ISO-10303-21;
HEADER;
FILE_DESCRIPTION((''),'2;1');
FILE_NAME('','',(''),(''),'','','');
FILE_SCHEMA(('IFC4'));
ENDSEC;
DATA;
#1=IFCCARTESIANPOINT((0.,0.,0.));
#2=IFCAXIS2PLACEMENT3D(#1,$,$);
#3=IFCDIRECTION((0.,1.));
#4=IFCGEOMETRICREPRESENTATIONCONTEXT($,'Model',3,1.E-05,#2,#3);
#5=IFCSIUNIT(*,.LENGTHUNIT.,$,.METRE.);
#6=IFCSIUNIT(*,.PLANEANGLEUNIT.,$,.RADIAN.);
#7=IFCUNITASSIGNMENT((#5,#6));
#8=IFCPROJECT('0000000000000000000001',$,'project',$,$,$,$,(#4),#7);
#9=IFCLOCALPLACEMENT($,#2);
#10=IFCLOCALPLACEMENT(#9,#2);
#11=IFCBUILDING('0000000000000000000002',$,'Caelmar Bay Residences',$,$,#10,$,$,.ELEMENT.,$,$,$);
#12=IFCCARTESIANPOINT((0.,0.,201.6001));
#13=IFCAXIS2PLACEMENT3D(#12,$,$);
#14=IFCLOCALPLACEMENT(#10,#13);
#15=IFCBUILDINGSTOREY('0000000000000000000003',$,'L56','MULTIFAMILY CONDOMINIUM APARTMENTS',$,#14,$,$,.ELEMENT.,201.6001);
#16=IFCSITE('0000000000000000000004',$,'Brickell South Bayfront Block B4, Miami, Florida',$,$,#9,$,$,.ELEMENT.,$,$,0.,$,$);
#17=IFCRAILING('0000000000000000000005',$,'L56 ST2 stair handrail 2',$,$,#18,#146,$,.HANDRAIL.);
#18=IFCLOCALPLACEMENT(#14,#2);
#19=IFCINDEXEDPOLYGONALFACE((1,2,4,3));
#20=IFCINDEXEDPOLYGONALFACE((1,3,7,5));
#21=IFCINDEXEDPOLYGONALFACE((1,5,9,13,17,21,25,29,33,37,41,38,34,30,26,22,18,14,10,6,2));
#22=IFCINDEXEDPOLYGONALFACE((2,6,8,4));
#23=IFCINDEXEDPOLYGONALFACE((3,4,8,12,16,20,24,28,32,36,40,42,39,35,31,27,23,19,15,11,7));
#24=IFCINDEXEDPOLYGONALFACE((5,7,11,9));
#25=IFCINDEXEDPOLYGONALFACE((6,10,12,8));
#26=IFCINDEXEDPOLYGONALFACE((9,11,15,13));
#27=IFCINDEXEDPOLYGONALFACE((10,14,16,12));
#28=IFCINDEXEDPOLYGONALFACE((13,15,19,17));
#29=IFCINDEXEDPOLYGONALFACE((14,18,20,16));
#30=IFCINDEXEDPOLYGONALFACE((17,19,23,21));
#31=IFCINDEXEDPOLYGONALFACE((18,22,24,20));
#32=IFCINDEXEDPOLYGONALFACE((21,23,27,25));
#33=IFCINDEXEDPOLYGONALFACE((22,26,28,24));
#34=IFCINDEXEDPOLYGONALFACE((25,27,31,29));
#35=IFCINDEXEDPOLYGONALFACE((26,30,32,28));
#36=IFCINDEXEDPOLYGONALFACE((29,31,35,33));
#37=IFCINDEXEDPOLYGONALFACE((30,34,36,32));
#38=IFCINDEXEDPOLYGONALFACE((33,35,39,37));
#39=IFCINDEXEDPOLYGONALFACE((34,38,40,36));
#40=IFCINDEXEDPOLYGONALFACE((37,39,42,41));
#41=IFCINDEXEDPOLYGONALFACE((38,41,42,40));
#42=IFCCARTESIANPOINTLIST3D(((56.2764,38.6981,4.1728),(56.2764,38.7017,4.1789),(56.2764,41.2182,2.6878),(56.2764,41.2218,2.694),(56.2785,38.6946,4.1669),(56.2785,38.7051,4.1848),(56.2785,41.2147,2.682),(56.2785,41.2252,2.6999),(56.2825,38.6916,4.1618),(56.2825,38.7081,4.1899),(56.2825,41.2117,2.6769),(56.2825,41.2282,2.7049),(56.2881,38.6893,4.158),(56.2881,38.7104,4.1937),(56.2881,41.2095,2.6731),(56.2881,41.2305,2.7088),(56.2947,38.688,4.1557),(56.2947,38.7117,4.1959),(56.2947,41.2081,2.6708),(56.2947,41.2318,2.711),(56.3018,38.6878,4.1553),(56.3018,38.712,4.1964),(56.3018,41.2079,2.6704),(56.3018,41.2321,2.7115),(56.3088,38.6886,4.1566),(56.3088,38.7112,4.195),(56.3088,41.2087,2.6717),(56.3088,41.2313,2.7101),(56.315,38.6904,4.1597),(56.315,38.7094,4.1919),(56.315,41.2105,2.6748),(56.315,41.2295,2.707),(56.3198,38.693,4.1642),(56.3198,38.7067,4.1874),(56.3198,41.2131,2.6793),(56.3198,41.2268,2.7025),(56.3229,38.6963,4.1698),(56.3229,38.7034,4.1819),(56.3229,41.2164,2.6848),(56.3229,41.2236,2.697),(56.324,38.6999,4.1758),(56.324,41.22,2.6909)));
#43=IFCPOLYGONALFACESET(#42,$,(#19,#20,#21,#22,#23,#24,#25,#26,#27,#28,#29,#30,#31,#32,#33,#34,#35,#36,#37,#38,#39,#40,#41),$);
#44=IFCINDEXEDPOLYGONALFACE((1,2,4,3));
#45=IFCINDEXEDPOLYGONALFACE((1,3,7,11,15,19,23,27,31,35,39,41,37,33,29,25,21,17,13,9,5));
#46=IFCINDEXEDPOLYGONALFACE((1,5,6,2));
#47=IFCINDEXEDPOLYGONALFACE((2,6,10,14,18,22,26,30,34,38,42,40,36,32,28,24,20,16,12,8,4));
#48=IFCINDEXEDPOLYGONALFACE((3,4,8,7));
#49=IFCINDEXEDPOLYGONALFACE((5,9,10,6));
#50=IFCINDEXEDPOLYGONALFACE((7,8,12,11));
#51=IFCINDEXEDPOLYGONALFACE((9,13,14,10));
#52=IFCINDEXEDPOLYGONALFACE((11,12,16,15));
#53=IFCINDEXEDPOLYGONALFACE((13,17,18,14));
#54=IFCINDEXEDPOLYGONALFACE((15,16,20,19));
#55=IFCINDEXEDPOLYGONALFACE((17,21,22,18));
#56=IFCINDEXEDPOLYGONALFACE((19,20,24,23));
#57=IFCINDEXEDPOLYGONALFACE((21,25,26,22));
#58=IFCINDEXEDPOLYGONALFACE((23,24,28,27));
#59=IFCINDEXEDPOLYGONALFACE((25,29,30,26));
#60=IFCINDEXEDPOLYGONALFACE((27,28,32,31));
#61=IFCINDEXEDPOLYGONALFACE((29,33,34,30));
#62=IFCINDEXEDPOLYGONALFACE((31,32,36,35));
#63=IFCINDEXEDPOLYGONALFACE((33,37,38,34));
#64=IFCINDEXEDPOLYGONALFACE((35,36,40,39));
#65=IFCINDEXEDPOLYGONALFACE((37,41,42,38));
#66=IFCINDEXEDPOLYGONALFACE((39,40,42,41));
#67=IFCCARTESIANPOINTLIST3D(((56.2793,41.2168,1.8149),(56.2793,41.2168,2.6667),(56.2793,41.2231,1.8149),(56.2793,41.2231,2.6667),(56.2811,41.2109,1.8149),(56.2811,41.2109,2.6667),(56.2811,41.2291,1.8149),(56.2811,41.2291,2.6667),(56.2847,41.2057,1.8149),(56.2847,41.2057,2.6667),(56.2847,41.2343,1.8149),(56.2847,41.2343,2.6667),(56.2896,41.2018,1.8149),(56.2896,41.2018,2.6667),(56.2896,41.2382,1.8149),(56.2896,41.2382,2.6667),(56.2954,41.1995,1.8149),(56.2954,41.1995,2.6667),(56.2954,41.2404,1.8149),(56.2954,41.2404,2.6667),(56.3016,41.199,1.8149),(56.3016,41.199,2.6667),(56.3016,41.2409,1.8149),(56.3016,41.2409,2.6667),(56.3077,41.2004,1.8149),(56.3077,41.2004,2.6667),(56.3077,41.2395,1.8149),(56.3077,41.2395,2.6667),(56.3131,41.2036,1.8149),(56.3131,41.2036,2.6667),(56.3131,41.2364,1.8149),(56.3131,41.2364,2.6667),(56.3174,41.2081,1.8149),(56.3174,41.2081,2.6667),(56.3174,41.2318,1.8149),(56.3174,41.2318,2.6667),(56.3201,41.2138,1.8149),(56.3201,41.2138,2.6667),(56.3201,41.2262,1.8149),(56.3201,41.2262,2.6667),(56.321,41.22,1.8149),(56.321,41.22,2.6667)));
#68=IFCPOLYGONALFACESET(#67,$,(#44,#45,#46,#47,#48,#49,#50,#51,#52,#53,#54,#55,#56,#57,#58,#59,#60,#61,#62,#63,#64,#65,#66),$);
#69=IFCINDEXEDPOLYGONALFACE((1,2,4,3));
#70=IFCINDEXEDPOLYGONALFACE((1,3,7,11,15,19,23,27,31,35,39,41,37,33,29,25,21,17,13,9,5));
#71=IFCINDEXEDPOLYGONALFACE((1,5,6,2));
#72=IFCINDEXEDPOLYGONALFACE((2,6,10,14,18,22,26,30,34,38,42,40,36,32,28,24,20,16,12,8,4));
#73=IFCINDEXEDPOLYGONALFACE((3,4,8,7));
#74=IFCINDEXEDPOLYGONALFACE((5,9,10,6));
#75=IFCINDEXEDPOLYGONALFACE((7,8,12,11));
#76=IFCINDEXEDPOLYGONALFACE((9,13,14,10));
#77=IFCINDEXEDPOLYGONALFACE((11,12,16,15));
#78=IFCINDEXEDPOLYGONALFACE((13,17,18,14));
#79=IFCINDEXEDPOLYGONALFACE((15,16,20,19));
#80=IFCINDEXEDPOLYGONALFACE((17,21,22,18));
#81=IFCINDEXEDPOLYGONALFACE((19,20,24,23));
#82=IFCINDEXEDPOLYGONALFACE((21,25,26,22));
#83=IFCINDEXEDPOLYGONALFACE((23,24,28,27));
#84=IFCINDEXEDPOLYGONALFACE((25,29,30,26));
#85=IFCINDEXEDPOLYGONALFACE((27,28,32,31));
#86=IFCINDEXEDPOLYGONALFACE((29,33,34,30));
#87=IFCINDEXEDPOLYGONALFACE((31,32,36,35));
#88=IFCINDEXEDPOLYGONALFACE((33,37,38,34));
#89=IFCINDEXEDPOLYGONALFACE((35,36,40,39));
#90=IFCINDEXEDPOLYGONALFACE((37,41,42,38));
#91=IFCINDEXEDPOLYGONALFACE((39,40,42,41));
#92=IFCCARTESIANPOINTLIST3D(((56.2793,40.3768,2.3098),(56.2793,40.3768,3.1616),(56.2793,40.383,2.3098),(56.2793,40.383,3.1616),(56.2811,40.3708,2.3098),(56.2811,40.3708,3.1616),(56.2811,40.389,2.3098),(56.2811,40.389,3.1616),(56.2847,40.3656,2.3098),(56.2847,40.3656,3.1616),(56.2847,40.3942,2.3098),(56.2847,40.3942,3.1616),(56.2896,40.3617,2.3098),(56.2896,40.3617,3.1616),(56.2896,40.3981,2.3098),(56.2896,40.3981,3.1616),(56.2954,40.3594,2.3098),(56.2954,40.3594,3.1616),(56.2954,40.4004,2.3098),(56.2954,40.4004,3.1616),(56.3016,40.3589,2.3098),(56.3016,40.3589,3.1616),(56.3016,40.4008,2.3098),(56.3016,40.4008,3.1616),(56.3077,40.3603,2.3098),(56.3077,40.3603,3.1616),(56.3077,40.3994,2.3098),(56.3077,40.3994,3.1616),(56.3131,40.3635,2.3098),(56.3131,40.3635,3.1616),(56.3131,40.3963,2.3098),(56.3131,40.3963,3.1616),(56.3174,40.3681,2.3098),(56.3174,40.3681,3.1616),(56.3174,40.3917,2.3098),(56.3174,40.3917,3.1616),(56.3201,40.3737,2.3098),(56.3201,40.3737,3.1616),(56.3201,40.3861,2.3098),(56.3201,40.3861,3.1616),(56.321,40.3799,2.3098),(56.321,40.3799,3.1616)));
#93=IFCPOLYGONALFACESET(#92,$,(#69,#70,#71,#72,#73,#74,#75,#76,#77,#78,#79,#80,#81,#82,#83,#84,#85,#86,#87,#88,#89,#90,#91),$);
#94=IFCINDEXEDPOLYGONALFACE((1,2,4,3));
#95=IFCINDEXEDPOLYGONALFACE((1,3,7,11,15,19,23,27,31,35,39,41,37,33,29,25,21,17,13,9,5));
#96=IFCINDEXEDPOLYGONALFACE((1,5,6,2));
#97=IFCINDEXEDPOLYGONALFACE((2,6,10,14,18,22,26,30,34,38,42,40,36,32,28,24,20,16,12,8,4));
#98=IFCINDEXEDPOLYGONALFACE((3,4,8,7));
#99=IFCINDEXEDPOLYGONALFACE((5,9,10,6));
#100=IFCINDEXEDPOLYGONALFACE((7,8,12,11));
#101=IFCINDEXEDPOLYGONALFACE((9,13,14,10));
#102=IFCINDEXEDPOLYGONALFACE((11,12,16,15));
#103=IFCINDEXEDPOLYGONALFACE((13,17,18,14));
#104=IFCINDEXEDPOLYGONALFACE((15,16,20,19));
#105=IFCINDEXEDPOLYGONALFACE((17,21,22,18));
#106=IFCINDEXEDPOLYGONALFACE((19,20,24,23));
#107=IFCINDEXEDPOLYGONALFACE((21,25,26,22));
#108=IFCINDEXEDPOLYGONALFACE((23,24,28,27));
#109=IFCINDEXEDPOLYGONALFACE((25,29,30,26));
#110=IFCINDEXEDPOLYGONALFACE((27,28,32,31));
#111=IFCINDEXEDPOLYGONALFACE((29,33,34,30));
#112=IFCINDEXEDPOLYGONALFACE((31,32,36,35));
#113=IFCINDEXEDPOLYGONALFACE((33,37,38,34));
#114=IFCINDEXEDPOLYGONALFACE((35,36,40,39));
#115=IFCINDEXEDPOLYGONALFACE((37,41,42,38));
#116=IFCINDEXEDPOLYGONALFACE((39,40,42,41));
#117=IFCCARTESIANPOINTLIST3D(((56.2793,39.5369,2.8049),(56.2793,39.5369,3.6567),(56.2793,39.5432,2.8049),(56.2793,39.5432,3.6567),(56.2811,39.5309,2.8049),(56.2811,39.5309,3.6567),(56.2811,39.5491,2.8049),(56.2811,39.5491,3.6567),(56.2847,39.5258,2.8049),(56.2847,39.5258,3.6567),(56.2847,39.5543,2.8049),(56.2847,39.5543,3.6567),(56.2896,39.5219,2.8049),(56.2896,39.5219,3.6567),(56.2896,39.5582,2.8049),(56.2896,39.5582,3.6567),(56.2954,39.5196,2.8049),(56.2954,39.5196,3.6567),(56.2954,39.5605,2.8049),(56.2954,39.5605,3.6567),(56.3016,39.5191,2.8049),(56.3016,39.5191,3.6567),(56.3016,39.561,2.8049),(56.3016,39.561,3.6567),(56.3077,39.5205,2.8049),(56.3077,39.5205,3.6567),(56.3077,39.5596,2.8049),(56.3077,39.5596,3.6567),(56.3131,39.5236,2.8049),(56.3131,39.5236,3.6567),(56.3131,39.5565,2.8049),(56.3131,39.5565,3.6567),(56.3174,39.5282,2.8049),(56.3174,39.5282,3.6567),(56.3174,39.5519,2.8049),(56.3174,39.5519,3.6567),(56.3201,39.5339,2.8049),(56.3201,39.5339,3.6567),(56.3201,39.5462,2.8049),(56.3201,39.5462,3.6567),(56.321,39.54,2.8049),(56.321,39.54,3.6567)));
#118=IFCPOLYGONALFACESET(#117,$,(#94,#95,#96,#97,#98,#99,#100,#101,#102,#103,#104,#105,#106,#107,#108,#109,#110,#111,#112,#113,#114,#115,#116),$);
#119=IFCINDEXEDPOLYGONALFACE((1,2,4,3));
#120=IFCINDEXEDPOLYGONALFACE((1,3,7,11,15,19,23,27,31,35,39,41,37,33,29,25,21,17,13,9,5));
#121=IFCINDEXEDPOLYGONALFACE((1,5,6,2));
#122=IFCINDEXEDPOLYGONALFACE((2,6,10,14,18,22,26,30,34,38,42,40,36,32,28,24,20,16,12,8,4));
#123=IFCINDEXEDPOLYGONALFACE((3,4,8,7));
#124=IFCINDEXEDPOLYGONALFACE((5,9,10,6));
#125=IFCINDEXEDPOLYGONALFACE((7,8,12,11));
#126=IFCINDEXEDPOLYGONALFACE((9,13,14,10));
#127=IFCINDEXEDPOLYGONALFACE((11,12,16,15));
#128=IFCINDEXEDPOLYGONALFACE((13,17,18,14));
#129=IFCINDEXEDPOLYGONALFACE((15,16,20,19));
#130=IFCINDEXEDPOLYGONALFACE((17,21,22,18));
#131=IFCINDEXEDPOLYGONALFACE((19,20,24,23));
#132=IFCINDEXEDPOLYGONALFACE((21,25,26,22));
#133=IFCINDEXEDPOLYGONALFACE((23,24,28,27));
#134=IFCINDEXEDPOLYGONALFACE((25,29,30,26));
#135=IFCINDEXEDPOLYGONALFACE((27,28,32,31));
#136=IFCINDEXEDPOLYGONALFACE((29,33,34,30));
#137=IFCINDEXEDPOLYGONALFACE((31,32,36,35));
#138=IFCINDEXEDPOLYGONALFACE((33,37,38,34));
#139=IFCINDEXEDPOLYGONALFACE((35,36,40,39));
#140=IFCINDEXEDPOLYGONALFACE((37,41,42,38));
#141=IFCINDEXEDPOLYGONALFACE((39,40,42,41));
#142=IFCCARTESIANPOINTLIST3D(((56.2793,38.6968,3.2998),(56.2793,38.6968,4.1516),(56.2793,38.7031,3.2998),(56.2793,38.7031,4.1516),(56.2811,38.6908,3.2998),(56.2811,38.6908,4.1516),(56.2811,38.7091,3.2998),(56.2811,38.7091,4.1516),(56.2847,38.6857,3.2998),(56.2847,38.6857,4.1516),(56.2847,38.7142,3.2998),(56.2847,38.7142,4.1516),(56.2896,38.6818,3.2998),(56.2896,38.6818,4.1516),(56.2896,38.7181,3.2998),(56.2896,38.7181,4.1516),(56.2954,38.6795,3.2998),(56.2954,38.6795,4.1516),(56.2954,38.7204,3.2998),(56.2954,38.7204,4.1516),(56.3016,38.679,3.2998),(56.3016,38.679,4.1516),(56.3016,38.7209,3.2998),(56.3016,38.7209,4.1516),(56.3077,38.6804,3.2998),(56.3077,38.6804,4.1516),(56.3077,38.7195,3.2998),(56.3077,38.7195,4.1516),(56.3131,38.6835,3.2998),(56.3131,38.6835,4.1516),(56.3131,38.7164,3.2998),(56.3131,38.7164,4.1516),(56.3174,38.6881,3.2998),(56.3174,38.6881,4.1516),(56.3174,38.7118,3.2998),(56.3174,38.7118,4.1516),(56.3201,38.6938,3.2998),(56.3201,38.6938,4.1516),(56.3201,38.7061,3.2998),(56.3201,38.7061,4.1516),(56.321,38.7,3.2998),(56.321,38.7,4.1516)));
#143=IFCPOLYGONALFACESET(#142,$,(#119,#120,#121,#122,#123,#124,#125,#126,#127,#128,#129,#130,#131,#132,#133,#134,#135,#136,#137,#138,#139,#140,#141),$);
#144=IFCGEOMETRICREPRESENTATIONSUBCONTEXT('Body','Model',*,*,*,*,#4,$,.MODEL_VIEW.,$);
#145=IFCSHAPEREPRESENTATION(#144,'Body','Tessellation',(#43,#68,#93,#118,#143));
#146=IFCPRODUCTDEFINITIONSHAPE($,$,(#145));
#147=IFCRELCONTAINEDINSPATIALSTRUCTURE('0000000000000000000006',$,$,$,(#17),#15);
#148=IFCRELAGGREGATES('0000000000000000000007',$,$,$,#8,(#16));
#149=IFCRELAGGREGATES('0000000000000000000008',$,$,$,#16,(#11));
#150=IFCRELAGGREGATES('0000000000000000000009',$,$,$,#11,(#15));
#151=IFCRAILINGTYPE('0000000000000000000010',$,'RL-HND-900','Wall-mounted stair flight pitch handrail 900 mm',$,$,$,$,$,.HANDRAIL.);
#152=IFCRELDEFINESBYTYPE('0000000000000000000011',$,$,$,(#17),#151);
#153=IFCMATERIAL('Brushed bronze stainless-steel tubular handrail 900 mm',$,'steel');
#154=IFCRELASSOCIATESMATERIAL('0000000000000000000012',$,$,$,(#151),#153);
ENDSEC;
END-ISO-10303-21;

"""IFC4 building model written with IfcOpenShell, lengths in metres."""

from ifc_helpers import new_model, si_unit, direction, frame, origin, origin_2d, place, context, subcontext, project, spatial, circle, extrude, material, type_object, element, save


model = new_model("IFC4")

# Units and contexts
model_context = context("Model", 3, precision=1e-05, world=origin(), true_north=direction((0.0, 1.0)))
body_context = subcontext(model_context, "Body", "Model", "MODEL_VIEW")
ifc_project = project(units=[si_unit("LENGTHUNIT", "METRE"), si_unit("PLANEANGLEUNIT", "RADIAN")], contexts=[model_context])

# Site, building, storey
site_placement = place(None, origin())
site = spatial("IfcSite", under=ifc_project, at=site_placement, Name="Brickell South Bayfront Block B4, Miami, Florida", CompositionType="ELEMENT", RefElevation=0.0)
building_placement = place(site_placement, origin())
building = spatial("IfcBuilding", under=site, at=building_placement, Name="Caelmar Bay Residences", CompositionType="ELEMENT")
storey_placement = place(building_placement, frame((0.0, 0.0, 201.6001)))
storey = spatial("IfcBuildingStorey", under=building, at=storey_placement, Name="L56", Description="MULTIFAMILY CONDOMINIUM APARTMENTS", CompositionType="ELEMENT", Elevation=201.6001)

# Railing
ifc_material_1 = material(Name="Brushed bronze stainless-steel tubular handrail 900 mm", Category="steel")
railing_type_1 = type_object("IfcRailingType", Name="RL-HND-900", Description="Wall-mounted stair flight pitch handrail 900 mm", PredefinedType="HANDRAIL", material=ifc_material_1)
railing_1_placement = place(storey_placement, frame((56.3, 41.22, 1.8149)))
element("IfcRailing", 1, at=railing_1_placement, inside=storey, type_object=railing_type_1, Name="L56 ST2 stair handrail 2", PredefinedType="HANDRAIL", context=body_context, shape_type="SweptSolid", body=[
    extrude(circle(Radius=0.0239, at=origin_2d()), frame((0.0, 0.0, 0.876), z_axis=(0.0, -0.861561, 0.507655), x_axis=(1.0, 0.0, 0.0)), (0.0, 0.0, 1.0), 2.925),
    extrude(circle(Radius=0.021, at=origin_2d()), origin(), (0.0, 0.0, 1.0), 0.8518),
    extrude(circle(Radius=0.021, at=origin_2d()), frame((0.0, -0.8401, 0.4949)), (0.0, 0.0, 1.0), 0.8518),
    extrude(circle(Radius=0.021, at=origin_2d()), frame((0.0, -1.6799, 0.99)), (0.0, 0.0, 1.0), 0.8518),
    extrude(circle(Radius=0.021, at=origin_2d()), frame((0.0, -2.52, 1.4849)), (0.0, 0.0, 1.0), 0.8518),
])

save(model, "model.ifc")
